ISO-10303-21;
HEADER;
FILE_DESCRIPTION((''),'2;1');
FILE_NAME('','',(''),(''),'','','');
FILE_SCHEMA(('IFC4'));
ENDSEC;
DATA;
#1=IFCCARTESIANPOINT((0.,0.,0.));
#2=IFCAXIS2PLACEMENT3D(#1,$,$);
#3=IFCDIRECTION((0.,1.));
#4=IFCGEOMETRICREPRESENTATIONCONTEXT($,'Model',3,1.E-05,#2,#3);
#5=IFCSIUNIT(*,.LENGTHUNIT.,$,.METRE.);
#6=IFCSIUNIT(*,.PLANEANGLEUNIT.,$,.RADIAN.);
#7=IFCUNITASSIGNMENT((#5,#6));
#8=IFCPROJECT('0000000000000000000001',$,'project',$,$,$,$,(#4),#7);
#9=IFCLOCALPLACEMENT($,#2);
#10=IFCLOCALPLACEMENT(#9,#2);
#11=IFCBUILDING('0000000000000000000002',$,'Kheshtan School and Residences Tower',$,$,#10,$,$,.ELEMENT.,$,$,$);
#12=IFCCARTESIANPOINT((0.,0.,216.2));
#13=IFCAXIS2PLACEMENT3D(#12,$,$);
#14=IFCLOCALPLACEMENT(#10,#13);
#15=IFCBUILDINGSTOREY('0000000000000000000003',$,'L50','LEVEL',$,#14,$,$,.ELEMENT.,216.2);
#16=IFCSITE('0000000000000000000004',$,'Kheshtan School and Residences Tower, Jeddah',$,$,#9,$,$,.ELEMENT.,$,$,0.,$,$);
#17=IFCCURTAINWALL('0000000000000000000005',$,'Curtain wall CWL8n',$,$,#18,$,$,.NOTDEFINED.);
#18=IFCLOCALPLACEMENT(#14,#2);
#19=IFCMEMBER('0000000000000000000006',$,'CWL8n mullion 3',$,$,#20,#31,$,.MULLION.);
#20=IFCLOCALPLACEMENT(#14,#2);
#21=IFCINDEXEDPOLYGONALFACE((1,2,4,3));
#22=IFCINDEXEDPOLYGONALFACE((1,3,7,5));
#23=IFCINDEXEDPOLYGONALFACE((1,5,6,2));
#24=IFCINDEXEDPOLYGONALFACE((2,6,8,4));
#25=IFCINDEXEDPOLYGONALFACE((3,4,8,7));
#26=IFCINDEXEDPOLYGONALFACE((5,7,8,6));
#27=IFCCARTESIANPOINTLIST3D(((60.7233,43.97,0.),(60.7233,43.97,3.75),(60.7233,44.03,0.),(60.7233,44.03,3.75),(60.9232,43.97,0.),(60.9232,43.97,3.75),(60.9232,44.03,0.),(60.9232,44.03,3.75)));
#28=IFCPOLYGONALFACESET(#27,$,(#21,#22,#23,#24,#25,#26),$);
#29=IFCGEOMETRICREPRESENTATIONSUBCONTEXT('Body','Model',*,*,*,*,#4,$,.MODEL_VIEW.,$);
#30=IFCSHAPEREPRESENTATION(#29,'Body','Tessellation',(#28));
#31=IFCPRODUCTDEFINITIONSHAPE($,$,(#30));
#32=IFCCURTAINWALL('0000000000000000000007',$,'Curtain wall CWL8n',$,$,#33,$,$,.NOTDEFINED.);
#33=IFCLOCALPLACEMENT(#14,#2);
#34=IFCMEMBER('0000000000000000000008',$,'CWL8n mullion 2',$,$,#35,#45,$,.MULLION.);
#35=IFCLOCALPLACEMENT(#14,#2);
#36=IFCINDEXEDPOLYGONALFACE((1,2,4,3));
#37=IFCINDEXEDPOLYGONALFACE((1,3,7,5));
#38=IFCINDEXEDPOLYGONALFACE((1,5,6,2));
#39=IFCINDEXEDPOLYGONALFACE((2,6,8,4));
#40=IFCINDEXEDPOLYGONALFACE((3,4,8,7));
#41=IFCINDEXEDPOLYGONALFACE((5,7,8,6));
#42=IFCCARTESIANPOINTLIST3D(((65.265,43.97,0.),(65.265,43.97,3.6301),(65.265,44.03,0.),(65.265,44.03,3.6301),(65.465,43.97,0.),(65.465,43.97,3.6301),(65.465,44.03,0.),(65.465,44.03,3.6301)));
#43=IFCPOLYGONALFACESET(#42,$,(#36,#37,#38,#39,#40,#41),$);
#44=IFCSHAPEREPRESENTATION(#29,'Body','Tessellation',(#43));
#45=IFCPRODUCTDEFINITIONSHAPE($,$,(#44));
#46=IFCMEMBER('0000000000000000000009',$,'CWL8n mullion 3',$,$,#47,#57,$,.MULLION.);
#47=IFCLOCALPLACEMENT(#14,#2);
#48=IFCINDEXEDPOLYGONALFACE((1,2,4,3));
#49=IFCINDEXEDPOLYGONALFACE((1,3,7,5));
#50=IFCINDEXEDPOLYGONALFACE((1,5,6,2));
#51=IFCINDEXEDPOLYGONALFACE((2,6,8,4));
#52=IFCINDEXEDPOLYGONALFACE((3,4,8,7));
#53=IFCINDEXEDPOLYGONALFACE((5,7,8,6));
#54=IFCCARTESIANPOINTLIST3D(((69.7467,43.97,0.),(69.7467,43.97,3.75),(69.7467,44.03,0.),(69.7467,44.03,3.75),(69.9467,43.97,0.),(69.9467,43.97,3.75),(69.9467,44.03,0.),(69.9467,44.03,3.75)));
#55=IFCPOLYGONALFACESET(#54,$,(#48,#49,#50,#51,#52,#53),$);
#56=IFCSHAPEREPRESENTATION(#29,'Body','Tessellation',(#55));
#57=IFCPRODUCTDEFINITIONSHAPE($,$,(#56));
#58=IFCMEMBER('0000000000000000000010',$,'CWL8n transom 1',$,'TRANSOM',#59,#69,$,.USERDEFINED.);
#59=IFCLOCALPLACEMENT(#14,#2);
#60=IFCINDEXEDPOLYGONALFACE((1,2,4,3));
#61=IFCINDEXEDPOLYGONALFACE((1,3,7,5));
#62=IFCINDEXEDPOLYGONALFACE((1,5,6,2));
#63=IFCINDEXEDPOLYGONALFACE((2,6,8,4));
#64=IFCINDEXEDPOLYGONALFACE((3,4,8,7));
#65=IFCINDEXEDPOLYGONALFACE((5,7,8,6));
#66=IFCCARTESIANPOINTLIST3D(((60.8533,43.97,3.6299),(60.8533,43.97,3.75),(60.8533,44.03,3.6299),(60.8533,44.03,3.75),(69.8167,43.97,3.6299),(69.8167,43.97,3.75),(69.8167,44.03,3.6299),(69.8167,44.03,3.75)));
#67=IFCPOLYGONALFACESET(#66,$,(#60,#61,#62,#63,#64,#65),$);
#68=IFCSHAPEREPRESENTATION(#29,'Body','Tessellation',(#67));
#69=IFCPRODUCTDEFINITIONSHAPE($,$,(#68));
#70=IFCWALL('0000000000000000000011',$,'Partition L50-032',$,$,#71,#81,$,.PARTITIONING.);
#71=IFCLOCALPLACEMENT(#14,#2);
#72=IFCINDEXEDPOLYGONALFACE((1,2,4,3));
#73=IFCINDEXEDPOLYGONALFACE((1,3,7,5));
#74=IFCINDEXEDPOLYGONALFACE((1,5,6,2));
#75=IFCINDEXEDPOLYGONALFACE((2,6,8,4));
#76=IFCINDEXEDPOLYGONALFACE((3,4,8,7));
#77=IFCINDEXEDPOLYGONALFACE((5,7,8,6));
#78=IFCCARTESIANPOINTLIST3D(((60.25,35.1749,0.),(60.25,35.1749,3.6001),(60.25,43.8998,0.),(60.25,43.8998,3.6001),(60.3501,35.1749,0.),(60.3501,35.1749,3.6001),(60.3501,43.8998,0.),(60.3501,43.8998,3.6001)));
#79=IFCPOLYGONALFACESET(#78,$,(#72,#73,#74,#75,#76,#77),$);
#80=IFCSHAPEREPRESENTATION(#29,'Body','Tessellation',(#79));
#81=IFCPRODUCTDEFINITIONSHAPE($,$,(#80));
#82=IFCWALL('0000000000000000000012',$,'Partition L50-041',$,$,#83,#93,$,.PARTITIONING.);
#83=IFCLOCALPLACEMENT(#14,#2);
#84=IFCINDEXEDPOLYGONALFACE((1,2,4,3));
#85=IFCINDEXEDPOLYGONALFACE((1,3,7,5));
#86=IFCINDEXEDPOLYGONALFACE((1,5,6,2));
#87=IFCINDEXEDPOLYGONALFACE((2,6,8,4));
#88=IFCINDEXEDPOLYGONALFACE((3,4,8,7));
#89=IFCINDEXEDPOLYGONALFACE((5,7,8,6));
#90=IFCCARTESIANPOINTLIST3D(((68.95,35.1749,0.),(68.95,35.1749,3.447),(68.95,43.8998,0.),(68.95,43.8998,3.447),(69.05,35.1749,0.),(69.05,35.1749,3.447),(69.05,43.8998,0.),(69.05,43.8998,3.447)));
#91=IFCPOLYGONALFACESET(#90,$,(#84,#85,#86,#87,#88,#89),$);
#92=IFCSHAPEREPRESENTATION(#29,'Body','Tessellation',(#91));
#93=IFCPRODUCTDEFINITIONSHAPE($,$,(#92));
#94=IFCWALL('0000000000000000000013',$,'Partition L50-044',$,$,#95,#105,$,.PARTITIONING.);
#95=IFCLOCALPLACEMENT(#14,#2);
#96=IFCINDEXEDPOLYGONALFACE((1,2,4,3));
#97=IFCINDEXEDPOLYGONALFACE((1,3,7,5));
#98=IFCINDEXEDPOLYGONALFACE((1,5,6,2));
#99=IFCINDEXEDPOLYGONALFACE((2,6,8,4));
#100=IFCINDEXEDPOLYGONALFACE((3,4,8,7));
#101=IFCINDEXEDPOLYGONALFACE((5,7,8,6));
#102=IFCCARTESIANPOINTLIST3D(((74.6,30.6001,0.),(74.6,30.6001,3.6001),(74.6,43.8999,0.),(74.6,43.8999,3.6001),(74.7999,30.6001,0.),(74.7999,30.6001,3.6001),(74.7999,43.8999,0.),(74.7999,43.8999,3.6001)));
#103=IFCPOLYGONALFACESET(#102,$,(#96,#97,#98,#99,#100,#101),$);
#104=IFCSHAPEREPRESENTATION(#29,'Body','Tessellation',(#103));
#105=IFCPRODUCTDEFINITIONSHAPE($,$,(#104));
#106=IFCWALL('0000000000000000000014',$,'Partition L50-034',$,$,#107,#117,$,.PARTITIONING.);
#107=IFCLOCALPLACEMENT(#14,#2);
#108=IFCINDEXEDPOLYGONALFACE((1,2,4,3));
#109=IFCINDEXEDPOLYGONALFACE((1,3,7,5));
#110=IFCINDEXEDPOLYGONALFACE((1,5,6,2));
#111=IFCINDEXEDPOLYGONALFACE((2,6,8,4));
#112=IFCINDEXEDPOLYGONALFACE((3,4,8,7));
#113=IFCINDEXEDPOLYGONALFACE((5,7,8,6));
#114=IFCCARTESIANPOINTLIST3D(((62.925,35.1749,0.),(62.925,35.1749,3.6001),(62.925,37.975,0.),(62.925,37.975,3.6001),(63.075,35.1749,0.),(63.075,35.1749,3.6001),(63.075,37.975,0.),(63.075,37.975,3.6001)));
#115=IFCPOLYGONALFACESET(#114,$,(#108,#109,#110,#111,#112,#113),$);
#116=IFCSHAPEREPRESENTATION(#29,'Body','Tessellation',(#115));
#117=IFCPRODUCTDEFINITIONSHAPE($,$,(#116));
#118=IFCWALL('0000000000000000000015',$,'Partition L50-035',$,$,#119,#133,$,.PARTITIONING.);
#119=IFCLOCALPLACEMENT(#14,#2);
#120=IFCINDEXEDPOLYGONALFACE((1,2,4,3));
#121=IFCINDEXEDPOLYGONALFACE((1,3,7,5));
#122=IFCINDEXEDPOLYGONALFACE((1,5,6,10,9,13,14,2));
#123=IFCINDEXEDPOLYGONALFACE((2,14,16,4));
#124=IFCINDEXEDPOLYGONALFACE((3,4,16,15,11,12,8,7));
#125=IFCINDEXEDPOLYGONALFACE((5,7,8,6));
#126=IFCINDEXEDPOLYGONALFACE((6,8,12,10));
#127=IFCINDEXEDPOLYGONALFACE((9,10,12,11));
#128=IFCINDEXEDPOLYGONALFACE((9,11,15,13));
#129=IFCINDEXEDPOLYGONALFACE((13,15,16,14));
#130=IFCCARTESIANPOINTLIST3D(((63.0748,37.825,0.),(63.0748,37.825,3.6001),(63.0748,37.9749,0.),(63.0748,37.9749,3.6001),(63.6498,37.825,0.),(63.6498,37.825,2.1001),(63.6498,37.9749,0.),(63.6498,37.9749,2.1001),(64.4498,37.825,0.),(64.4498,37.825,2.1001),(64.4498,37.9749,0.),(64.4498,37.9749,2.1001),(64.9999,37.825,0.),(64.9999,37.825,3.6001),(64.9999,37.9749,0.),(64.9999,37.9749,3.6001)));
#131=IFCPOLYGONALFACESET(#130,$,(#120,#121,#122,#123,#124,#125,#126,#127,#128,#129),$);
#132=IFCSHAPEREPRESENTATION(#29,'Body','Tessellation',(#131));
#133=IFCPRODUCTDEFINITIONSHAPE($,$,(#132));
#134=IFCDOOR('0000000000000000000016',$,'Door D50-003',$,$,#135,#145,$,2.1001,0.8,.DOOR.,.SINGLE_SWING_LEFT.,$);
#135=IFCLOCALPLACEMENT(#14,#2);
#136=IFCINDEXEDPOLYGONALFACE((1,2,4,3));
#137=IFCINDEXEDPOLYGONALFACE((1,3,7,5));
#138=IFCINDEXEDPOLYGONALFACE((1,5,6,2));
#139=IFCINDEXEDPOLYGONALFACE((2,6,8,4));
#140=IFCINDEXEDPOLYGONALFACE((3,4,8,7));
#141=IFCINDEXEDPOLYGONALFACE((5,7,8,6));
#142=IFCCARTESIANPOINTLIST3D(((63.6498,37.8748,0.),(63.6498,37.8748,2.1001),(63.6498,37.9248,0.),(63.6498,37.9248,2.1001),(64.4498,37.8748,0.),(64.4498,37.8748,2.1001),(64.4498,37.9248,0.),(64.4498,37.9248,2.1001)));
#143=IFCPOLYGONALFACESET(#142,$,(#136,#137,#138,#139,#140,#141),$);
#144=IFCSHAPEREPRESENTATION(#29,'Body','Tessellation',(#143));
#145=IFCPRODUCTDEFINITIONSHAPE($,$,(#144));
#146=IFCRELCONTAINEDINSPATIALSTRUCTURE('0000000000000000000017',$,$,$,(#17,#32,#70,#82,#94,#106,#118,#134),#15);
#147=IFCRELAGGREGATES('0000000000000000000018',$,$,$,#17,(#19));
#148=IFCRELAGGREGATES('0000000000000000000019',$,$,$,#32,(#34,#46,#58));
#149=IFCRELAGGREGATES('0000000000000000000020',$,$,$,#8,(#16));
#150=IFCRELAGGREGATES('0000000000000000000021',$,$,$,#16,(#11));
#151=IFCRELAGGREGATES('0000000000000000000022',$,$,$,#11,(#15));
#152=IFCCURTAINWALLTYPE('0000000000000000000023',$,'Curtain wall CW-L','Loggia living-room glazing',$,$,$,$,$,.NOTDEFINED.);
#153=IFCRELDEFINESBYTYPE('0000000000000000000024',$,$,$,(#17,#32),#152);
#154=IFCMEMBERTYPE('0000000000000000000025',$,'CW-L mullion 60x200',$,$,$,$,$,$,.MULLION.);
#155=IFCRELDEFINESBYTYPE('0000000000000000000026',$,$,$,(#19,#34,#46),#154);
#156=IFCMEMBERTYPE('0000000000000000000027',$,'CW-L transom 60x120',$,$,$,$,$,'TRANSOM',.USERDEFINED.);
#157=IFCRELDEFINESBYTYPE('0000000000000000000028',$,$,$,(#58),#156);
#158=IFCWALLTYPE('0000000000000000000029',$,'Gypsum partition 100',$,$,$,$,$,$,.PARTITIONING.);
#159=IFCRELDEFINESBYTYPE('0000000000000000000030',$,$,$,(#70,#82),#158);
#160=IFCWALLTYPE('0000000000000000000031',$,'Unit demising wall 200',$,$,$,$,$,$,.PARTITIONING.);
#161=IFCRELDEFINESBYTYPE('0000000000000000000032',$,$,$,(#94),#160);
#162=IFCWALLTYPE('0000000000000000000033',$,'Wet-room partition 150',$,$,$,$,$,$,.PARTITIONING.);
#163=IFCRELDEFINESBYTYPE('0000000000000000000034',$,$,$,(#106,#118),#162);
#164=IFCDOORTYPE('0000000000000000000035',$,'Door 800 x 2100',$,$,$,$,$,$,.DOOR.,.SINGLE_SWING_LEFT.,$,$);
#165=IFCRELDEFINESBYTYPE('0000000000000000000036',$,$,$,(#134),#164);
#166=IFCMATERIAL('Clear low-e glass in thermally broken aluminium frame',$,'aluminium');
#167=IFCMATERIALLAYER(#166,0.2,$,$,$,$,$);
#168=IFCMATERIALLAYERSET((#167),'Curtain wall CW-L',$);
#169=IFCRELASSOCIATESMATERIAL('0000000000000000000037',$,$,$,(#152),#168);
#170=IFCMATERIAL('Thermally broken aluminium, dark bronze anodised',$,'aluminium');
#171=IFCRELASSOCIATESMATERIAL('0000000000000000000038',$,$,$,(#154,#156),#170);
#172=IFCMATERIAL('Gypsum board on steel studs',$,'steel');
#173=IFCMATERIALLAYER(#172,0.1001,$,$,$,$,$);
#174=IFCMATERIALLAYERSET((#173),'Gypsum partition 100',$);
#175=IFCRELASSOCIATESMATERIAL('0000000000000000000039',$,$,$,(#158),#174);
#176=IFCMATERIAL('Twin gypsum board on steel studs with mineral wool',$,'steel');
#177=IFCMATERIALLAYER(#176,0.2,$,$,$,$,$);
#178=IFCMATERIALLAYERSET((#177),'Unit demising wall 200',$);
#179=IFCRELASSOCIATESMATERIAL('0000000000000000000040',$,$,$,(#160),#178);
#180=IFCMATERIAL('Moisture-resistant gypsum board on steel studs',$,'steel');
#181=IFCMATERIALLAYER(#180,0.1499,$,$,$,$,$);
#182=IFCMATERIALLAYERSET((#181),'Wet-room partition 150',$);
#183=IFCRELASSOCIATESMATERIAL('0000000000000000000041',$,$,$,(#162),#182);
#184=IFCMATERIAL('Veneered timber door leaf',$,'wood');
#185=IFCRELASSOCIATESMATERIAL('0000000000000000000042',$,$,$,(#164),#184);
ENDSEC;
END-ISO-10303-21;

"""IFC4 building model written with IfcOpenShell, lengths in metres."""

from ifc_helpers import new_model, si_unit, direction, frame, frame_2d, origin, origin_2d, place, context, subcontext, project, spatial, rectangle, extrude, source, transform, mapped, material, layer, layer_set, material_profile, profile_set, type_object, element, fill, aggregate, save


model = new_model("IFC4")

# Units and contexts
model_context = context("Model", 3, precision=1e-05, world=origin(), true_north=direction((0.0, 1.0)))
body_context = subcontext(model_context, "Body", "Model", "MODEL_VIEW")
ifc_project = project(units=[si_unit("LENGTHUNIT", "METRE"), si_unit("PLANEANGLEUNIT", "RADIAN")], contexts=[model_context])

# Site, building, storey
site_placement = place(None, origin())
site = spatial("IfcSite", under=ifc_project, at=site_placement, Name="Kheshtan School and Residences Tower, Jeddah", CompositionType="ELEMENT", RefElevation=0.0)
building_placement = place(site_placement, origin())
building = spatial("IfcBuilding", under=site, at=building_placement, Name="Kheshtan School and Residences Tower", CompositionType="ELEMENT")
storey_placement = place(building_placement, frame((0.0, 0.0, 216.2)))
storey = spatial("IfcBuildingStorey", under=building, at=storey_placement, Name="L50", Description="LEVEL", CompositionType="ELEMENT", Elevation=216.2)

# Curtain wall, member
ifc_material_1 = material(Name="Clear low-e glass in thermally broken aluminium frame", Category="aluminium")
ifc_layer_1 = layer(ifc_material_1, 0.2)
ifc_layer_set_1 = layer_set([ifc_layer_1], Name="Curtain wall CW-L")
curtain_wall_type = type_object("IfcCurtainWallType", Name="Curtain wall CW-L", Description="Loggia living-room glazing", PredefinedType="NOTDEFINED", material=ifc_layer_set_1)
curtain_wall_1_placement = place(storey_placement, origin())
curtain_wall_1 = element("IfcCurtainWall", 1, at=curtain_wall_1_placement, inside=storey, type_object=curtain_wall_type, Name="Curtain wall CWL8n", PredefinedType="NOTDEFINED")
ifc_material_2 = material(Name="Thermally broken aluminium, dark bronze anodised", Category="aluminium")
ifc_material_profile_1 = material_profile(ifc_material_2, rectangle(XDim=0.0601, YDim=0.2, at=origin_2d()), Name="CW-L mullion 60x200")
ifc_profile_set_1 = profile_set([ifc_material_profile_1], Name="Thermally broken aluminium, dark bronze anodised")
member_type_1 = type_object("IfcMemberType", Name="CW-L mullion 60x200", PredefinedType="MULLION", material=ifc_profile_set_1)
member_1_placement = place(storey_placement, frame((60.8232, 44.0, 0.0), z_axis=(0.0, 0.0, 1.0), x_axis=(0.0, 1.0, 0.0)))
member_1 = element("IfcMember", 2, at=member_1_placement, type_object=member_type_1, Name="CWL8n mullion 3", PredefinedType="MULLION", context=body_context, shape_type="SweptSolid", body=[
    extrude(rectangle(XDim=0.0601, YDim=0.2, at=origin_2d()), origin(), (0.0, 0.0, 1.0), 3.75),
])
aggregate(curtain_wall_1, [member_1])

# Curtain wall, members
curtain_wall_2_placement = place(storey_placement, origin())
curtain_wall_2 = element("IfcCurtainWall", 3, at=curtain_wall_2_placement, inside=storey, type_object=curtain_wall_type, Name="Curtain wall CWL8n", PredefinedType="NOTDEFINED")
member_2_placement = place(storey_placement, frame((65.365, 44.0, 0.0), z_axis=(0.0, 0.0, 1.0), x_axis=(0.0, 1.0, 0.0)))
member_2 = element("IfcMember", 4, at=member_2_placement, type_object=member_type_1, Name="CWL8n mullion 2", PredefinedType="MULLION", context=body_context, shape_type="SweptSolid", body=[
    extrude(rectangle(XDim=0.0601, YDim=0.2, at=origin_2d()), origin(), (0.0, 0.0, 1.0), 3.6301),
])
member_3_placement = place(storey_placement, frame((69.8467, 44.0, 0.0), z_axis=(0.0, 0.0, 1.0), x_axis=(0.0, 1.0, 0.0)))
member_3 = element("IfcMember", 5, at=member_3_placement, type_object=member_type_1, Name="CWL8n mullion 3", PredefinedType="MULLION", context=body_context, shape_type="SweptSolid", body=[
    extrude(rectangle(XDim=0.0601, YDim=0.2, at=origin_2d()), origin(), (0.0, 0.0, 1.0), 3.75),
])
ifc_material_profile_2 = material_profile(ifc_material_2, rectangle(XDim=0.0601, YDim=0.1201, at=origin_2d()), Name="CW-L transom 60x120")
ifc_profile_set_2 = profile_set([ifc_material_profile_2], Name="Thermally broken aluminium, dark bronze anodised")
member_type_2 = type_object("IfcMemberType", Name="CW-L transom 60x120", ElementType="TRANSOM", PredefinedType="USERDEFINED", material=ifc_profile_set_2)
member_4_placement = place(storey_placement, frame((60.8533, 44.0, 3.6899), z_axis=(1.0, 0.0, 0.0), x_axis=(0.0, 1.0, 0.0)))
member_4 = element("IfcMember", 6, at=member_4_placement, type_object=member_type_2, Name="CWL8n transom 1", ObjectType="TRANSOM", PredefinedType="USERDEFINED", context=body_context, shape_type="SweptSolid", body=[
    extrude(rectangle(XDim=0.0601, YDim=0.1201, at=origin_2d()), origin(), (0.0, 0.0, 1.0), 8.9634),
])
aggregate(curtain_wall_2, [member_2, member_3, member_4])

# Walls
ifc_material_3 = material(Name="Gypsum board on steel studs", Category="steel")
ifc_layer_2 = layer(ifc_material_3, 0.1001)
ifc_layer_set_2 = layer_set([ifc_layer_2], Name="Gypsum partition 100")
wall_type_1 = type_object("IfcWallType", Name="Gypsum partition 100", PredefinedType="PARTITIONING", material=ifc_layer_set_2)
wall_1_placement = place(storey_placement, frame((60.3, 35.175, 0.0), z_axis=(0.0, 0.0, 1.0), x_axis=(0.0, 1.0, 0.0)))
element("IfcWall", 7, at=wall_1_placement, inside=storey, type_object=wall_type_1, Name="Partition L50-032", PredefinedType="PARTITIONING", context=body_context, shape_type="SweptSolid", body=[
    extrude(rectangle(XDim=8.7249, YDim=0.1001, at=frame_2d((4.3623, 0.0))), origin(), (0.0, 0.0, 1.0), 3.6001),
])
wall_2_placement = place(storey_placement, frame((69.0, 35.175, 0.0), z_axis=(0.0, 0.0, 1.0), x_axis=(0.0, 1.0, 0.0)))
element("IfcWall", 8, at=wall_2_placement, inside=storey, type_object=wall_type_1, Name="Partition L50-041", PredefinedType="PARTITIONING", context=body_context, shape_type="SweptSolid", body=[
    extrude(rectangle(XDim=8.7249, YDim=0.1001, at=frame_2d((4.3623, 0.0))), origin(), (0.0, 0.0, 1.0), 3.447),
])
ifc_material_4 = material(Name="Twin gypsum board on steel studs with mineral wool", Category="steel")
ifc_layer_3 = layer(ifc_material_4, 0.2)
ifc_layer_set_3 = layer_set([ifc_layer_3], Name="Unit demising wall 200")
wall_type_2 = type_object("IfcWallType", Name="Unit demising wall 200", PredefinedType="PARTITIONING", material=ifc_layer_set_3)
wall_3_placement = place(storey_placement, frame((74.7, 30.6001, 0.0), z_axis=(0.0, 0.0, 1.0), x_axis=(0.0, 1.0, 0.0)))
element("IfcWall", 9, at=wall_3_placement, inside=storey, type_object=wall_type_2, Name="Partition L50-044", PredefinedType="PARTITIONING", context=body_context, shape_type="SweptSolid", body=[
    extrude(rectangle(XDim=13.2998, YDim=0.2, at=frame_2d((6.6499, 0.0))), origin(), (0.0, 0.0, 1.0), 3.6001),
])
ifc_material_5 = material(Name="Moisture-resistant gypsum board on steel studs", Category="steel")
ifc_layer_4 = layer(ifc_material_5, 0.1499)
ifc_layer_set_4 = layer_set([ifc_layer_4], Name="Wet-room partition 150")
wall_type_3 = type_object("IfcWallType", Name="Wet-room partition 150", PredefinedType="PARTITIONING", material=ifc_layer_set_4)
wall_4_placement = place(storey_placement, frame((63.0, 35.175, 0.0), z_axis=(0.0, 0.0, 1.0), x_axis=(0.0, 1.0, 0.0)))
element("IfcWall", 10, at=wall_4_placement, inside=storey, type_object=wall_type_3, Name="Partition L50-034", PredefinedType="PARTITIONING", context=body_context, shape_type="SweptSolid", body=[
    extrude(rectangle(XDim=2.8, YDim=0.1499, at=frame_2d((1.3999, 0.0))), origin(), (0.0, 0.0, 1.0), 3.6001),
])

# Wall, opening, door
wall_5_placement = place(storey_placement, frame((63.075, 37.8999, 0.0), z_axis=(0.0, 0.0, 1.0), x_axis=(1.0, 0.0, 0.0)))
wall_5 = element("IfcWall", 11, at=wall_5_placement, inside=storey, type_object=wall_type_3, Name="Partition L50-035", PredefinedType="PARTITIONING", context=body_context, shape_type="SweptSolid", body=[
    extrude(rectangle(XDim=1.925, YDim=0.1499, at=frame_2d((0.9624, 0.0))), origin(), (0.0, 0.0, 1.0), 3.6001),
])
opening_1_placement = place(wall_5_placement, frame((0.575, 0.0, 0.0)))
opening_1 = element("IfcOpeningElement", 12, at=opening_1_placement, cuts=wall_5, PredefinedType="OPENING", context=body_context, shape_type="SweptSolid", body=[
    extrude(rectangle(XDim=0.8, YDim=2.1001, at=frame_2d((0.3999, 1.05))), frame((0.0, 0.085, 0.0), z_axis=(0.0, -1.0, 0.0), x_axis=(1.0, 0.0, 0.0)), (0.0, 0.0, 1.0), 0.1699),
])
ifc_material_6 = material(Name="Veneered timber door leaf", Category="wood")
door_type_1 = type_object("IfcDoorType", Name="Door 800 x 2100", OperationType="SINGLE_SWING_LEFT", PredefinedType="DOOR", material=ifc_material_6)
shared_shape_1 = source(origin(), body_context, "Body", "SweptSolid", [
    extrude(rectangle(XDim=0.8, YDim=2.1001, at=frame_2d((0.3999, 1.05))), frame((0.0, 0.0249, 0.0), z_axis=(0.0, -1.0, 0.0), x_axis=(1.0, 0.0, 0.0)), (0.0, 0.0, 1.0), 0.05),
])
door_1_placement = place(opening_1_placement, origin())
door_1 = element("IfcDoor", 13, at=door_1_placement, inside=storey, type_object=door_type_1, Name="Door D50-003", OperationType="SINGLE_SWING_LEFT", OverallHeight=2.1001, OverallWidth=0.8, PredefinedType="DOOR", context=body_context, shape_type="MappedRepresentation", body=[
    mapped(shared_shape_1, transform((0.0, 0.0, 0.0), x_axis=(1.0, 0.0, 0.0), y_axis=(0.0, 1.0, 0.0), z_axis=(0.0, 0.0, 1.0), scale=1.0)),
])
fill(opening_1, door_1)

save(model, "model.ifc")
